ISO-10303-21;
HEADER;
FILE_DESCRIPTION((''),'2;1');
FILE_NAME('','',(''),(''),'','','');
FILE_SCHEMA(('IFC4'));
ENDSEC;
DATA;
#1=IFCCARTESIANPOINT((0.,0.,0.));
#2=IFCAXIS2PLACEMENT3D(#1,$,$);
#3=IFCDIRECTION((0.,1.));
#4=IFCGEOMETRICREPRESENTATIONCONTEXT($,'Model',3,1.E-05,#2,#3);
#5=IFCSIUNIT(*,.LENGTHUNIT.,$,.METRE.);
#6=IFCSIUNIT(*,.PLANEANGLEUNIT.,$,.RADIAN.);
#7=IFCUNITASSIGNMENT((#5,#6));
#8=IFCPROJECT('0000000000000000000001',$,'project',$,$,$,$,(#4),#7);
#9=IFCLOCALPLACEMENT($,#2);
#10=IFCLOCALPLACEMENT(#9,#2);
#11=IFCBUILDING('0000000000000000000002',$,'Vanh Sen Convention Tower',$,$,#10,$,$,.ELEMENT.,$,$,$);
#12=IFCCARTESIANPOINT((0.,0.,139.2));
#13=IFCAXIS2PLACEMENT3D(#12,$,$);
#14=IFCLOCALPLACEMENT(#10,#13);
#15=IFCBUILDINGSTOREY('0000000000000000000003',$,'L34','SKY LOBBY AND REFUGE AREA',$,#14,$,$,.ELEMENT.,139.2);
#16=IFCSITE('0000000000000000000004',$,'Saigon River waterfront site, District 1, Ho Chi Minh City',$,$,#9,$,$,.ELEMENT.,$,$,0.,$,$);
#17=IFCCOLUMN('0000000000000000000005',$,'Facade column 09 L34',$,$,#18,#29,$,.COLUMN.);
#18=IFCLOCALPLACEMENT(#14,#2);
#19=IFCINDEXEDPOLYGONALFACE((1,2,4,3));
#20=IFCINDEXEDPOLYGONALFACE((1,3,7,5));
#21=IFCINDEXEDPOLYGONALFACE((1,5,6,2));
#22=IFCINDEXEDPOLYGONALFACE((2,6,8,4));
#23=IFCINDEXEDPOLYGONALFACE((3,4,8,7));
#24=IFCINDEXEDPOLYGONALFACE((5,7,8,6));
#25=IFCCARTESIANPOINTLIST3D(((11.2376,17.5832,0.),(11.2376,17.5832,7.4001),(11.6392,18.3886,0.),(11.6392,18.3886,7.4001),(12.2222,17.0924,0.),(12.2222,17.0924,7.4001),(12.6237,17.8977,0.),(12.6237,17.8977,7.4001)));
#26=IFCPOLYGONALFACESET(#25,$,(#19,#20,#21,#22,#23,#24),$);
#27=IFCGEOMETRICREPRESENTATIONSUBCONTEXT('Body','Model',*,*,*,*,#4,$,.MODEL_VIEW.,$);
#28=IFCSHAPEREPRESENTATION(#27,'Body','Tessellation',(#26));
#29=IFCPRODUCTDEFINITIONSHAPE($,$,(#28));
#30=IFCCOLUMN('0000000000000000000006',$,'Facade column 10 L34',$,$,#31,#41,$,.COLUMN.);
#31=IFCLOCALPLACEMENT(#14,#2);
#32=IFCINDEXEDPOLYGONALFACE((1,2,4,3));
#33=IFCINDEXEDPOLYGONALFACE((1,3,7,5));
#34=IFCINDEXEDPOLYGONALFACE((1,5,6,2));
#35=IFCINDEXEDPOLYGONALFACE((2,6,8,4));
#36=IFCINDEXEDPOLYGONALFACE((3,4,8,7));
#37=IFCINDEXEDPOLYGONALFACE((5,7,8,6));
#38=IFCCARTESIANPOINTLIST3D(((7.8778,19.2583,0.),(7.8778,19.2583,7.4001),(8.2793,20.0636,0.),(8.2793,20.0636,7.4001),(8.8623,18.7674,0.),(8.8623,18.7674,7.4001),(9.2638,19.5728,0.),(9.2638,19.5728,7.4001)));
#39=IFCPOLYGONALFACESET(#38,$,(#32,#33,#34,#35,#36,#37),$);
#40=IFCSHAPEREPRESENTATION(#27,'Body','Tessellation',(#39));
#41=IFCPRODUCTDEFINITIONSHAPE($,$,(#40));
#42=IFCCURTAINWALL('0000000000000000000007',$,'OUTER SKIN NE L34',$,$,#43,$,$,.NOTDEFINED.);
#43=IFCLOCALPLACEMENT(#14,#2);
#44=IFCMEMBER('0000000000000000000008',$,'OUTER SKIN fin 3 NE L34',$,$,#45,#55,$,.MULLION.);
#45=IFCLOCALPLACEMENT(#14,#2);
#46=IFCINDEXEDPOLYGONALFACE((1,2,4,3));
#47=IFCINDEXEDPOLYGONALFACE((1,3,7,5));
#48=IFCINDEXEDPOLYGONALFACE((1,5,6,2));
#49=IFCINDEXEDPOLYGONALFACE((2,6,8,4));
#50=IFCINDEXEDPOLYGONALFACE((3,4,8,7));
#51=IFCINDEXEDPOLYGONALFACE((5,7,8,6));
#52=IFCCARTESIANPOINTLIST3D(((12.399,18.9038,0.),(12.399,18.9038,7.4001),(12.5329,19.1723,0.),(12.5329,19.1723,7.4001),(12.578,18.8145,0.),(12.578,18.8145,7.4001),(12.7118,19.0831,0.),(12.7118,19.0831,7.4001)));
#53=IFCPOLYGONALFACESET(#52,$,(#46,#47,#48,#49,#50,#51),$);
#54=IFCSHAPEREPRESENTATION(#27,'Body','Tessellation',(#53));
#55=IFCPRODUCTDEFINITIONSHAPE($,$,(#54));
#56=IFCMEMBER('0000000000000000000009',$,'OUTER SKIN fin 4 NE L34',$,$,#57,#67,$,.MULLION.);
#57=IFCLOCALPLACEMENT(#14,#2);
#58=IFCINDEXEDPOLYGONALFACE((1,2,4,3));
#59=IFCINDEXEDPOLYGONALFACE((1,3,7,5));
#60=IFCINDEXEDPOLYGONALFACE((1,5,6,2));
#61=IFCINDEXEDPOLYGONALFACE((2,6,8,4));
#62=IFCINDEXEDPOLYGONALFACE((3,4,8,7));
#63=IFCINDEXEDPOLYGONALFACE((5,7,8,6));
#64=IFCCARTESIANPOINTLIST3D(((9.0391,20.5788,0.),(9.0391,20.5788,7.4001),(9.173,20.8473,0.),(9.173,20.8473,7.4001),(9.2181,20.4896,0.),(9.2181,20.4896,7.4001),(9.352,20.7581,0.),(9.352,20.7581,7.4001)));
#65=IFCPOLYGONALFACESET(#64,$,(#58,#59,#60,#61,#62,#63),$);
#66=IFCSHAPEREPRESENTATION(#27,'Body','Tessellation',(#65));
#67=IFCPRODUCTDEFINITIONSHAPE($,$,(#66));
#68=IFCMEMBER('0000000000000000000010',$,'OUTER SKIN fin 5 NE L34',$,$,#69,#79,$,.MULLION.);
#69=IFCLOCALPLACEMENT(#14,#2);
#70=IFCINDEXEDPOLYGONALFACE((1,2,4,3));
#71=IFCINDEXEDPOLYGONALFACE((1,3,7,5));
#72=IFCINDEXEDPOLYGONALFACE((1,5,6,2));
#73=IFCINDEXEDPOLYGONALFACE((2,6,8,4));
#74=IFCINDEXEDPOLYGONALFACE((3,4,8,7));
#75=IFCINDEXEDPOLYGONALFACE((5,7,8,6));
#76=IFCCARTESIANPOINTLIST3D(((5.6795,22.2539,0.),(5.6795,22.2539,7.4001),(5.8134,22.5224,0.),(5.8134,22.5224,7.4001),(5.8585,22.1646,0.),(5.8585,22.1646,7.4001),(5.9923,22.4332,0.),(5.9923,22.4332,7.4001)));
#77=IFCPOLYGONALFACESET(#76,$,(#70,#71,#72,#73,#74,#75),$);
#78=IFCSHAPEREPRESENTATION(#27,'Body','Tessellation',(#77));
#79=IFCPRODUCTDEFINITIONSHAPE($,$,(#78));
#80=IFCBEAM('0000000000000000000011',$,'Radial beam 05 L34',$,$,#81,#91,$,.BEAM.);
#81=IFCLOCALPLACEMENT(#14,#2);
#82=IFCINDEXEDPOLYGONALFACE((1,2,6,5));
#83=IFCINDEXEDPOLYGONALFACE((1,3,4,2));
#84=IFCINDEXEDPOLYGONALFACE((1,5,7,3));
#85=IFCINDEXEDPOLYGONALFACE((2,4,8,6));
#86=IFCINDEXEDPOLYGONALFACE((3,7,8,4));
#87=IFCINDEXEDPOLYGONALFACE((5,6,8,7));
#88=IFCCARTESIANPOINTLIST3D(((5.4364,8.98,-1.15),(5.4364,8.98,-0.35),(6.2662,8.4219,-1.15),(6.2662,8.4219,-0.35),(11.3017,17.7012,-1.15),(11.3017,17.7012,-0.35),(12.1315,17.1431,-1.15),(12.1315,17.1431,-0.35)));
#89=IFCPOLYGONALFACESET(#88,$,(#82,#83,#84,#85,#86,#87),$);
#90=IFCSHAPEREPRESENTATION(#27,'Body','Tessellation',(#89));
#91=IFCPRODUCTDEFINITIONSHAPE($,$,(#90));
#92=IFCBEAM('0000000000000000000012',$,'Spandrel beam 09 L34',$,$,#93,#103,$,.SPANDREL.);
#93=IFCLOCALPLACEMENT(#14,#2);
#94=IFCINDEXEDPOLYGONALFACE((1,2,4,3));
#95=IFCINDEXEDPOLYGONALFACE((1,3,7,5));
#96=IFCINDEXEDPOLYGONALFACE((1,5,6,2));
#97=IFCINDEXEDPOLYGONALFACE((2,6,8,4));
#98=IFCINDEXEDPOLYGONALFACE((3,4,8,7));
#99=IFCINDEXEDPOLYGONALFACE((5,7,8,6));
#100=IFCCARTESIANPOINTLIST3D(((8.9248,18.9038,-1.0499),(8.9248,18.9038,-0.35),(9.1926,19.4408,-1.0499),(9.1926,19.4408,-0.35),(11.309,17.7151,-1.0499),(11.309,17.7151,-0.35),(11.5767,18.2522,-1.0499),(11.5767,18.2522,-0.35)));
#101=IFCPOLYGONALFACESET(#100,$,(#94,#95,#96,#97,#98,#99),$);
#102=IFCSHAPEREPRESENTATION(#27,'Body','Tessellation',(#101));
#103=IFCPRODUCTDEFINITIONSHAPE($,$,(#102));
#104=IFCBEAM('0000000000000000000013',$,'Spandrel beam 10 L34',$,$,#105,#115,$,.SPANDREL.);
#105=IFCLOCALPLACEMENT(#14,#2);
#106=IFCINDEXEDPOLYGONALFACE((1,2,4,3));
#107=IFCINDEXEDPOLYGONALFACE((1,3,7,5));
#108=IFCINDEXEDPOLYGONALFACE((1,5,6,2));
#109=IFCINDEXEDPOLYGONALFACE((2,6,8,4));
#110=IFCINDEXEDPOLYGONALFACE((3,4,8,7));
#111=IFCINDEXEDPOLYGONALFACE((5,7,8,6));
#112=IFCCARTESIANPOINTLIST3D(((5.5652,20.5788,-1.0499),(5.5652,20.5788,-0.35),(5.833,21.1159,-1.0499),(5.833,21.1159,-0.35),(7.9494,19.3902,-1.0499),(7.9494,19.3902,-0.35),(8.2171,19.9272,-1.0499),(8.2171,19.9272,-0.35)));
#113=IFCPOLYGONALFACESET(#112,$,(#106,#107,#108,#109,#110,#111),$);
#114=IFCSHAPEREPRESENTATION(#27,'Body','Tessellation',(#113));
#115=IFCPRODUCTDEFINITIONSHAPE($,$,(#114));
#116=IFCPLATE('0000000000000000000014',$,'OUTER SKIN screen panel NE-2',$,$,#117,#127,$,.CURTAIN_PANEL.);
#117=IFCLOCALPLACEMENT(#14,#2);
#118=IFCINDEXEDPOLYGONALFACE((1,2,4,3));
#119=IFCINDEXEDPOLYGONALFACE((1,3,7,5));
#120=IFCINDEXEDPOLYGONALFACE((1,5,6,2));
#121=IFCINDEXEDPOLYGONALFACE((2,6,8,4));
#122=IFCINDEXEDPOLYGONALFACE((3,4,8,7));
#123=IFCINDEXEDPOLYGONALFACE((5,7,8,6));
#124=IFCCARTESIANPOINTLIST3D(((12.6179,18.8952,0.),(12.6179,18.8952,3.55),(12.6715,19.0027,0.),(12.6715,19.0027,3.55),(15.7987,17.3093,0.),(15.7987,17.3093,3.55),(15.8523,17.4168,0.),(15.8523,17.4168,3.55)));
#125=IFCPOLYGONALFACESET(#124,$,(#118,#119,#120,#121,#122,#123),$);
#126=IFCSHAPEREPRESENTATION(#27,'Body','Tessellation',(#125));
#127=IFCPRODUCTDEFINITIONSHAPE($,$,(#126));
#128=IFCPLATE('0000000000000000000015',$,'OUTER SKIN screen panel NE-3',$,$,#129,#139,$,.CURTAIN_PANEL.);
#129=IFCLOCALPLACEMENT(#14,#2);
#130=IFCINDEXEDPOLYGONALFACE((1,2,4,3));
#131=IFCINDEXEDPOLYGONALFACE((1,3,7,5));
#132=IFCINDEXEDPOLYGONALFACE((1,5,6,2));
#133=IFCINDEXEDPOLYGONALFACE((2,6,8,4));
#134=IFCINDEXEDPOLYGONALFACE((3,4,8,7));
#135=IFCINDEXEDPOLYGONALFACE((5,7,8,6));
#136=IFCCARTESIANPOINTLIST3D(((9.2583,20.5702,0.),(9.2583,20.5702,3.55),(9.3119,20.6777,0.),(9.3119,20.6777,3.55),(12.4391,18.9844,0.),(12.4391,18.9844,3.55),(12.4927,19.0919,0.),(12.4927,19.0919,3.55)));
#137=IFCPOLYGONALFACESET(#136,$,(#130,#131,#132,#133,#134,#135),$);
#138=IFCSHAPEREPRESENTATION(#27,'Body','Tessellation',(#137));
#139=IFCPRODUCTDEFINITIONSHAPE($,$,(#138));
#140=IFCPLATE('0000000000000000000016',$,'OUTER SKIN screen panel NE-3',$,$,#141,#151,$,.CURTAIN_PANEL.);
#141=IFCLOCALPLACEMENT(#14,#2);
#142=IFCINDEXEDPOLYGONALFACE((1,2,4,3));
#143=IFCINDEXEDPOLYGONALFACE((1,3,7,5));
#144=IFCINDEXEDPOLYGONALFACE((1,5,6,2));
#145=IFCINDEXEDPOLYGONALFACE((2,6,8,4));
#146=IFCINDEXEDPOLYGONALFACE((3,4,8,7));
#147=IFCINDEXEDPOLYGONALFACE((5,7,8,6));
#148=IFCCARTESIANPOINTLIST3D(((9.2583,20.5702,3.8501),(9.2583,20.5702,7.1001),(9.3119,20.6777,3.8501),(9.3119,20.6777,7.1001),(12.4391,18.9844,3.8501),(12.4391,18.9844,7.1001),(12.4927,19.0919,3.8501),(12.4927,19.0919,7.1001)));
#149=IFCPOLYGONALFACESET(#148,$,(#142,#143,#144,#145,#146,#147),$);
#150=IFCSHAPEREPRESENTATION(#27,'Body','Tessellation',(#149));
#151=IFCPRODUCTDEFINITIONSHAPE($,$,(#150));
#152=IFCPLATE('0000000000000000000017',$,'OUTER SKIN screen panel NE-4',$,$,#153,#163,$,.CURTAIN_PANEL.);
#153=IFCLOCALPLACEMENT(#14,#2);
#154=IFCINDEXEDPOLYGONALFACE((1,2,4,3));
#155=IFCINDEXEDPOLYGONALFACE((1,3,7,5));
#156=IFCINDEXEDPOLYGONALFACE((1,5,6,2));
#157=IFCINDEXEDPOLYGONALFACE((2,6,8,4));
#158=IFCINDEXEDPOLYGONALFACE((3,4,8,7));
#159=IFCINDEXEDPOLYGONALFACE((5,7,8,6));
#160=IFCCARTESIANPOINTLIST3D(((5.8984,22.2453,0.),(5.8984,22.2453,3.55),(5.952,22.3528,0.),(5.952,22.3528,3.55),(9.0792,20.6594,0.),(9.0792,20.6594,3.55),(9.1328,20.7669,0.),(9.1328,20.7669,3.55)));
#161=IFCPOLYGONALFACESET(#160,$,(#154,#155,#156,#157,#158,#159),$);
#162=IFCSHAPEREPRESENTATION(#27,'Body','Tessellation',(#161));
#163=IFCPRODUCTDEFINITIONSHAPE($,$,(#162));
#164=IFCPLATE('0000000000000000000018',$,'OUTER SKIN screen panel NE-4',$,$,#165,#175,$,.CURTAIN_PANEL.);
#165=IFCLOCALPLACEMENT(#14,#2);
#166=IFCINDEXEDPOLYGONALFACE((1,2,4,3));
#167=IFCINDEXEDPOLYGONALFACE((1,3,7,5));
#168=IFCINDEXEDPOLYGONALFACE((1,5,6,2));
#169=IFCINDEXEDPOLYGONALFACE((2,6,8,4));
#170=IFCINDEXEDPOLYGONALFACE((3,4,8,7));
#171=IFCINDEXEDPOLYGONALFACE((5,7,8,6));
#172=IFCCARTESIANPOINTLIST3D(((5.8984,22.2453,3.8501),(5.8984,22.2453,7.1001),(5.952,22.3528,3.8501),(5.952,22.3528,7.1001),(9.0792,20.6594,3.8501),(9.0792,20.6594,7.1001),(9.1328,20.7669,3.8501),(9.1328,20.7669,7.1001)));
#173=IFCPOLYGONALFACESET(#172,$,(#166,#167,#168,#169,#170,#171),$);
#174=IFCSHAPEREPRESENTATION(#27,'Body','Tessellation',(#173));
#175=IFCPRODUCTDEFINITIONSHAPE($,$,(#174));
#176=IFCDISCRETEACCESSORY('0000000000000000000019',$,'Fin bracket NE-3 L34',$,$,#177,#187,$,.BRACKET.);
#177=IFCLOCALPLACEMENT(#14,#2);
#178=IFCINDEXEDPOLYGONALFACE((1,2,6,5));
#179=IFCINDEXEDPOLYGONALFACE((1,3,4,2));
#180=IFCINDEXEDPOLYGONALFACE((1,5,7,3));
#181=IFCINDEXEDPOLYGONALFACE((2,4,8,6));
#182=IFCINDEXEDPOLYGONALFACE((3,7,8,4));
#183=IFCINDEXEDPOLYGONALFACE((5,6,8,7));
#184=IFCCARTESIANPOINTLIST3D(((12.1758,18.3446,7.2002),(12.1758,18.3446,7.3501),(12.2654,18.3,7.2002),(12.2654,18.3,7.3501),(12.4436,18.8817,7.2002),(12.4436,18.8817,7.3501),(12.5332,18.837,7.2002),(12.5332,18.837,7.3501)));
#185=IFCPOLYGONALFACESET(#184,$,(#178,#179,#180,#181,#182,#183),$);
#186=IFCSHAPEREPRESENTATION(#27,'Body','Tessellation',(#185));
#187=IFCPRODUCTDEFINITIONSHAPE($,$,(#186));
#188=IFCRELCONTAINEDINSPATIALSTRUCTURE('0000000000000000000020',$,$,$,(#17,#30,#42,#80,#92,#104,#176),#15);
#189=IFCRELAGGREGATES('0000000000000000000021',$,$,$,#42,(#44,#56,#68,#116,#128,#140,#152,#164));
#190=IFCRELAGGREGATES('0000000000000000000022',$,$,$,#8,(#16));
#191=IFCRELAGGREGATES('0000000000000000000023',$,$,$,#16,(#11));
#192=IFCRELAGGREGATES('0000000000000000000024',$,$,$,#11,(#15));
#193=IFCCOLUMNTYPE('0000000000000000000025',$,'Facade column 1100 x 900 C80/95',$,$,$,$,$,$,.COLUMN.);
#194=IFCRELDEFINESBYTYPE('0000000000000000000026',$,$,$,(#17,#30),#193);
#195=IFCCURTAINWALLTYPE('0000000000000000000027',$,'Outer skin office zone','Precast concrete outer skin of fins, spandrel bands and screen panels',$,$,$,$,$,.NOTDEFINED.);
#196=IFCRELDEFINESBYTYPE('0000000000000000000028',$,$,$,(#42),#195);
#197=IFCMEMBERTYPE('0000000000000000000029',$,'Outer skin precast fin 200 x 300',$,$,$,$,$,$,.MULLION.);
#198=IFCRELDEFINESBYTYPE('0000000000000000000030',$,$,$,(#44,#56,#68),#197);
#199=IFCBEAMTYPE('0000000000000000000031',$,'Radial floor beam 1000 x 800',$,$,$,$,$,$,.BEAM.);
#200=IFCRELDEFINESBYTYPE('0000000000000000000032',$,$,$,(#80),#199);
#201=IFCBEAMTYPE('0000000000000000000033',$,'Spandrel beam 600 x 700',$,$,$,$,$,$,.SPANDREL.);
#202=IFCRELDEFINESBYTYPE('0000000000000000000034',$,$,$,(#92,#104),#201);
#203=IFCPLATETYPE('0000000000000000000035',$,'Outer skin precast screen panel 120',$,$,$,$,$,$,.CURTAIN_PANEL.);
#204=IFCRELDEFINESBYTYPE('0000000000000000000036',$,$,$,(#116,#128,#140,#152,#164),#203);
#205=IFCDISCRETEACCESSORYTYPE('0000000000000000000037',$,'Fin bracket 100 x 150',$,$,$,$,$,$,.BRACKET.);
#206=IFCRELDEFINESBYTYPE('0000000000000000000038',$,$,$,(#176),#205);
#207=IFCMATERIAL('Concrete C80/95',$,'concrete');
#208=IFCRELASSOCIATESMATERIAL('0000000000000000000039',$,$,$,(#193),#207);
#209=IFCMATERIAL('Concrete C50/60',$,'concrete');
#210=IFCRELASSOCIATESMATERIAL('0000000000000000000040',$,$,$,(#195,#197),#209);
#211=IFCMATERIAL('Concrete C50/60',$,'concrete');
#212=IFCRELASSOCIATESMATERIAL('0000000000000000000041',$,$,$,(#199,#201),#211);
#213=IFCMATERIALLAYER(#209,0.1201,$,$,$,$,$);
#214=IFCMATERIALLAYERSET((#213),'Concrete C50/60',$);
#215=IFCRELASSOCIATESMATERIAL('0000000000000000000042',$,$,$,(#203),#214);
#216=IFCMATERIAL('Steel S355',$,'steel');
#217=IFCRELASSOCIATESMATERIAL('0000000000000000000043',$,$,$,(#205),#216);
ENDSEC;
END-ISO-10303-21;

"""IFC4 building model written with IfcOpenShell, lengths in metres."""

from ifc_helpers import new_model, si_unit, direction, frame, origin, origin_2d, place, context, subcontext, project, spatial, rectangle, extrude, material, layer, layer_set, material_profile, profile_set, type_object, element, aggregate, save


model = new_model("IFC4")

# Units and contexts
model_context = context("Model", 3, precision=1e-05, world=origin(), true_north=direction((0.0, 1.0)))
body_context = subcontext(model_context, "Body", "Model", "MODEL_VIEW")
ifc_project = project(units=[si_unit("LENGTHUNIT", "METRE"), si_unit("PLANEANGLEUNIT", "RADIAN")], contexts=[model_context])

# Site, building, storey
site_placement = place(None, origin())
site = spatial("IfcSite", under=ifc_project, at=site_placement, Name="Saigon River waterfront site, District 1, Ho Chi Minh City", CompositionType="ELEMENT", RefElevation=0.0)
building_placement = place(site_placement, origin())
building = spatial("IfcBuilding", under=site, at=building_placement, Name="Vanh Sen Convention Tower", CompositionType="ELEMENT")
storey_placement = place(building_placement, frame((0.0, 0.0, 139.2)))
storey = spatial("IfcBuildingStorey", under=building, at=storey_placement, Name="L34", Description="SKY LOBBY AND REFUGE AREA", CompositionType="ELEMENT", Elevation=139.2)

# Columns
ifc_material_1 = material(Name="Concrete C80/95", Category="concrete")
ifc_material_profile_1 = material_profile(ifc_material_1, rectangle(XDim=1.1001, YDim=0.8999, at=origin_2d()), Name="RC 1100X900")
ifc_profile_set_1 = profile_set([ifc_material_profile_1], Name="Concrete C80/95")
column_type = type_object("IfcColumnType", Name="Facade column 1100 x 900 C80/95", PredefinedType="COLUMN", material=ifc_profile_set_1)
for number, where, z_axis, x_axis, name in (
    (1, (11.9307, 17.7405, 0.0), (0.0, 0.0, 1.0), (-0.894934, 0.446198, 0.0), "Facade column 09 L34"),
    (2, (8.5708, 19.4155, 0.0), (0.0, 0.0, 1.0), (-0.894934, 0.446198, 0.0), "Facade column 10 L34"),
):
    element("IfcColumn", number, at=place(storey_placement, frame(where, z_axis=z_axis, x_axis=x_axis)), inside=storey, type_object=column_type, Name=name, PredefinedType="COLUMN", context=body_context, shape_type="SweptSolid", body=[
        extrude(rectangle(XDim=1.1001, YDim=0.8999, at=origin_2d()), origin(), (0.0, 0.0, 1.0), 7.4001),
    ])

# Curtain wall, members
ifc_material_2 = material(Name="Concrete C50/60", Category="concrete")
curtain_wall_type = type_object("IfcCurtainWallType", Name="Outer skin office zone", Description="Precast concrete outer skin of fins, spandrel bands and screen panels", PredefinedType="NOTDEFINED", material=ifc_material_2)
curtain_wall_placement = place(storey_placement, origin())
curtain_wall = element("IfcCurtainWall", 3, at=curtain_wall_placement, inside=storey, type_object=curtain_wall_type, Name="OUTER SKIN NE L34", PredefinedType="NOTDEFINED")
ifc_material_profile_2 = material_profile(ifc_material_2, rectangle(XDim=0.2, YDim=0.3, at=origin_2d()), Name="Outer skin precast fin 200 x 300")
ifc_profile_set_2 = profile_set([ifc_material_profile_2], Name="Concrete C50/60")
member_type = type_object("IfcMemberType", Name="Outer skin precast fin 200 x 300", PredefinedType="MULLION", material=ifc_profile_set_2)
member_1_placement = place(storey_placement, frame((12.5554, 18.9934, 0.0), z_axis=(0.0, 0.0, 1.0), x_axis=(-0.894934, 0.446198, 0.0)))
member_1 = element("IfcMember", 4, at=member_1_placement, type_object=member_type, Name="OUTER SKIN fin 3 NE L34", PredefinedType="MULLION", context=body_context, shape_type="SweptSolid", body=[
    extrude(rectangle(XDim=0.2, YDim=0.3, at=origin_2d()), origin(), (0.0, 0.0, 1.0), 7.4001),
])
member_2_placement = place(storey_placement, frame((9.1956, 20.6685, 0.0), z_axis=(0.0, 0.0, 1.0), x_axis=(-0.894934, 0.446198, 0.0)))
member_2 = element("IfcMember", 5, at=member_2_placement, type_object=member_type, Name="OUTER SKIN fin 4 NE L34", PredefinedType="MULLION", context=body_context, shape_type="SweptSolid", body=[
    extrude(rectangle(XDim=0.2, YDim=0.3, at=origin_2d()), origin(), (0.0, 0.0, 1.0), 7.4001),
])
member_3_placement = place(storey_placement, frame((5.8359, 22.3435, 0.0), z_axis=(0.0, 0.0, 1.0), x_axis=(-0.894934, 0.446198, 0.0)))
member_3 = element("IfcMember", 6, at=member_3_placement, type_object=member_type, Name="OUTER SKIN fin 5 NE L34", PredefinedType="MULLION", context=body_context, shape_type="SweptSolid", body=[
    extrude(rectangle(XDim=0.2, YDim=0.3, at=origin_2d()), origin(), (0.0, 0.0, 1.0), 7.4001),
])

# Beams
ifc_material_3 = material(Name="Concrete C50/60", Category="concrete")
ifc_material_profile_3 = material_profile(ifc_material_3, rectangle(XDim=1.0, YDim=0.8, at=origin_2d()), Name="RC 1000X800")
ifc_profile_set_3 = profile_set([ifc_material_profile_3], Name="Concrete C50/60")
beam_type_1 = type_object("IfcBeamType", Name="Radial floor beam 1000 x 800", PredefinedType="BEAM", material=ifc_profile_set_3)
beam_placement = place(storey_placement, frame((11.7166, 17.4221, -0.75), z_axis=(-0.558062, -0.829799, 0.0), x_axis=(0.829799, -0.558062, 0.0)))
element("IfcBeam", 7, at=beam_placement, inside=storey, type_object=beam_type_1, Name="Radial beam 05 L34", PredefinedType="BEAM", context=body_context, shape_type="SweptSolid", body=[
    extrude(rectangle(XDim=1.0, YDim=0.8, at=origin_2d()), origin(), (0.0, 0.0, 1.0), 10.51),
])
ifc_material_profile_4 = material_profile(ifc_material_3, rectangle(XDim=0.6001, YDim=0.7, at=origin_2d()), Name="RC 600X700")
ifc_profile_set_4 = profile_set([ifc_material_profile_4], Name="Concrete C50/60")
beam_type_2 = type_object("IfcBeamType", Name="Spandrel beam 600 x 700", PredefinedType="SPANDREL", material=ifc_profile_set_4)
for number, where, z_axis, x_axis, name in (
    (8, (11.4429, 17.9836, -0.7), (-0.89494, 0.446187, 0.0), (-0.446187, -0.89494, 0.0), "Spandrel beam 09 L34"),
    (9, (8.0833, 19.6587, -0.7), (-0.89494, 0.446187, 0.0), (-0.446187, -0.89494, 0.0), "Spandrel beam 10 L34"),
):
    element("IfcBeam", number, at=place(storey_placement, frame(where, z_axis=z_axis, x_axis=x_axis)), inside=storey, type_object=beam_type_2, Name=name, PredefinedType="SPANDREL", context=body_context, shape_type="SweptSolid", body=[
        extrude(rectangle(XDim=0.6001, YDim=0.7, at=origin_2d()), origin(), (0.0, 0.0, 1.0), 2.6641),
    ])

# Plates
ifc_layer = layer(ifc_material_2, 0.1201)
ifc_layer_set = layer_set([ifc_layer], Name="Concrete C50/60")
plate_type = type_object("IfcPlateType", Name="Outer skin precast screen panel 120", PredefinedType="CURTAIN_PANEL", material=ifc_layer_set)
plate_1_placement = place(storey_placement, frame((14.2351, 18.156, 0.0), z_axis=(0.0, 0.0, 1.0), x_axis=(-0.894933, 0.446201, 0.0)))
plate_1 = element("IfcPlate", 10, at=plate_1_placement, type_object=plate_type, Name="OUTER SKIN screen panel NE-2", PredefinedType="CURTAIN_PANEL", context=body_context, shape_type="SweptSolid", body=[
    extrude(rectangle(XDim=3.5542, YDim=0.1201, at=origin_2d()), origin(), (0.0, 0.0, 1.0), 3.55),
])
plate_2_placement = place(storey_placement, frame((10.8755, 19.8311, 0.0), z_axis=(0.0, 0.0, 1.0), x_axis=(-0.894933, 0.446201, 0.0)))
plate_2 = element("IfcPlate", 11, at=plate_2_placement, type_object=plate_type, Name="OUTER SKIN screen panel NE-3", PredefinedType="CURTAIN_PANEL", context=body_context, shape_type="SweptSolid", body=[
    extrude(rectangle(XDim=3.5542, YDim=0.1201, at=origin_2d()), origin(), (0.0, 0.0, 1.0), 3.55),
])
plate_3_placement = place(storey_placement, frame((10.8755, 19.8311, 3.8501), z_axis=(0.0, 0.0, 1.0), x_axis=(-0.894933, 0.446201, 0.0)))
plate_3 = element("IfcPlate", 12, at=plate_3_placement, type_object=plate_type, Name="OUTER SKIN screen panel NE-3", PredefinedType="CURTAIN_PANEL", context=body_context, shape_type="SweptSolid", body=[
    extrude(rectangle(XDim=3.5542, YDim=0.1201, at=origin_2d()), origin(), (0.0, 0.0, 1.0), 3.25),
])
plate_4_placement = place(storey_placement, frame((7.5156, 21.5061, 0.0), z_axis=(0.0, 0.0, 1.0), x_axis=(-0.894933, 0.446201, 0.0)))
plate_4 = element("IfcPlate", 13, at=plate_4_placement, type_object=plate_type, Name="OUTER SKIN screen panel NE-4", PredefinedType="CURTAIN_PANEL", context=body_context, shape_type="SweptSolid", body=[
    extrude(rectangle(XDim=3.5542, YDim=0.1201, at=origin_2d()), origin(), (0.0, 0.0, 1.0), 3.55),
])
plate_5_placement = place(storey_placement, frame((7.5156, 21.5061, 3.8501), z_axis=(0.0, 0.0, 1.0), x_axis=(-0.894933, 0.446201, 0.0)))
plate_5 = element("IfcPlate", 14, at=plate_5_placement, type_object=plate_type, Name="OUTER SKIN screen panel NE-4", PredefinedType="CURTAIN_PANEL", context=body_context, shape_type="SweptSolid", body=[
    extrude(rectangle(XDim=3.5542, YDim=0.1201, at=origin_2d()), origin(), (0.0, 0.0, 1.0), 3.25),
])
aggregate(curtain_wall, [member_1, member_2, member_3, plate_1, plate_2, plate_3, plate_4, plate_5])

# Discrete accessory
ifc_material_4 = material(Name="Steel S355", Category="steel")
discrete_accessory_type = type_object("IfcDiscreteAccessoryType", Name="Fin bracket 100 x 150", PredefinedType="BRACKET", material=ifc_material_4)
for number, where, z_axis, x_axis, name in (
    (15, (12.3545, 18.5908, 7.2002), (0.0, 0.0, 1.0), (0.446198, 0.894934, 0.0), "Fin bracket NE-3 L34"),
):
    element("IfcDiscreteAccessory", number, at=place(storey_placement, frame(where, z_axis=z_axis, x_axis=x_axis)), inside=storey, type_object=discrete_accessory_type, Name=name, PredefinedType="BRACKET", context=body_context, shape_type="SweptSolid", body=[
        extrude(rectangle(XDim=0.6001, YDim=0.1001, at=origin_2d()), origin(), (0.0, 0.0, 1.0), 0.1499),
    ])

save(model, "model.ifc")
